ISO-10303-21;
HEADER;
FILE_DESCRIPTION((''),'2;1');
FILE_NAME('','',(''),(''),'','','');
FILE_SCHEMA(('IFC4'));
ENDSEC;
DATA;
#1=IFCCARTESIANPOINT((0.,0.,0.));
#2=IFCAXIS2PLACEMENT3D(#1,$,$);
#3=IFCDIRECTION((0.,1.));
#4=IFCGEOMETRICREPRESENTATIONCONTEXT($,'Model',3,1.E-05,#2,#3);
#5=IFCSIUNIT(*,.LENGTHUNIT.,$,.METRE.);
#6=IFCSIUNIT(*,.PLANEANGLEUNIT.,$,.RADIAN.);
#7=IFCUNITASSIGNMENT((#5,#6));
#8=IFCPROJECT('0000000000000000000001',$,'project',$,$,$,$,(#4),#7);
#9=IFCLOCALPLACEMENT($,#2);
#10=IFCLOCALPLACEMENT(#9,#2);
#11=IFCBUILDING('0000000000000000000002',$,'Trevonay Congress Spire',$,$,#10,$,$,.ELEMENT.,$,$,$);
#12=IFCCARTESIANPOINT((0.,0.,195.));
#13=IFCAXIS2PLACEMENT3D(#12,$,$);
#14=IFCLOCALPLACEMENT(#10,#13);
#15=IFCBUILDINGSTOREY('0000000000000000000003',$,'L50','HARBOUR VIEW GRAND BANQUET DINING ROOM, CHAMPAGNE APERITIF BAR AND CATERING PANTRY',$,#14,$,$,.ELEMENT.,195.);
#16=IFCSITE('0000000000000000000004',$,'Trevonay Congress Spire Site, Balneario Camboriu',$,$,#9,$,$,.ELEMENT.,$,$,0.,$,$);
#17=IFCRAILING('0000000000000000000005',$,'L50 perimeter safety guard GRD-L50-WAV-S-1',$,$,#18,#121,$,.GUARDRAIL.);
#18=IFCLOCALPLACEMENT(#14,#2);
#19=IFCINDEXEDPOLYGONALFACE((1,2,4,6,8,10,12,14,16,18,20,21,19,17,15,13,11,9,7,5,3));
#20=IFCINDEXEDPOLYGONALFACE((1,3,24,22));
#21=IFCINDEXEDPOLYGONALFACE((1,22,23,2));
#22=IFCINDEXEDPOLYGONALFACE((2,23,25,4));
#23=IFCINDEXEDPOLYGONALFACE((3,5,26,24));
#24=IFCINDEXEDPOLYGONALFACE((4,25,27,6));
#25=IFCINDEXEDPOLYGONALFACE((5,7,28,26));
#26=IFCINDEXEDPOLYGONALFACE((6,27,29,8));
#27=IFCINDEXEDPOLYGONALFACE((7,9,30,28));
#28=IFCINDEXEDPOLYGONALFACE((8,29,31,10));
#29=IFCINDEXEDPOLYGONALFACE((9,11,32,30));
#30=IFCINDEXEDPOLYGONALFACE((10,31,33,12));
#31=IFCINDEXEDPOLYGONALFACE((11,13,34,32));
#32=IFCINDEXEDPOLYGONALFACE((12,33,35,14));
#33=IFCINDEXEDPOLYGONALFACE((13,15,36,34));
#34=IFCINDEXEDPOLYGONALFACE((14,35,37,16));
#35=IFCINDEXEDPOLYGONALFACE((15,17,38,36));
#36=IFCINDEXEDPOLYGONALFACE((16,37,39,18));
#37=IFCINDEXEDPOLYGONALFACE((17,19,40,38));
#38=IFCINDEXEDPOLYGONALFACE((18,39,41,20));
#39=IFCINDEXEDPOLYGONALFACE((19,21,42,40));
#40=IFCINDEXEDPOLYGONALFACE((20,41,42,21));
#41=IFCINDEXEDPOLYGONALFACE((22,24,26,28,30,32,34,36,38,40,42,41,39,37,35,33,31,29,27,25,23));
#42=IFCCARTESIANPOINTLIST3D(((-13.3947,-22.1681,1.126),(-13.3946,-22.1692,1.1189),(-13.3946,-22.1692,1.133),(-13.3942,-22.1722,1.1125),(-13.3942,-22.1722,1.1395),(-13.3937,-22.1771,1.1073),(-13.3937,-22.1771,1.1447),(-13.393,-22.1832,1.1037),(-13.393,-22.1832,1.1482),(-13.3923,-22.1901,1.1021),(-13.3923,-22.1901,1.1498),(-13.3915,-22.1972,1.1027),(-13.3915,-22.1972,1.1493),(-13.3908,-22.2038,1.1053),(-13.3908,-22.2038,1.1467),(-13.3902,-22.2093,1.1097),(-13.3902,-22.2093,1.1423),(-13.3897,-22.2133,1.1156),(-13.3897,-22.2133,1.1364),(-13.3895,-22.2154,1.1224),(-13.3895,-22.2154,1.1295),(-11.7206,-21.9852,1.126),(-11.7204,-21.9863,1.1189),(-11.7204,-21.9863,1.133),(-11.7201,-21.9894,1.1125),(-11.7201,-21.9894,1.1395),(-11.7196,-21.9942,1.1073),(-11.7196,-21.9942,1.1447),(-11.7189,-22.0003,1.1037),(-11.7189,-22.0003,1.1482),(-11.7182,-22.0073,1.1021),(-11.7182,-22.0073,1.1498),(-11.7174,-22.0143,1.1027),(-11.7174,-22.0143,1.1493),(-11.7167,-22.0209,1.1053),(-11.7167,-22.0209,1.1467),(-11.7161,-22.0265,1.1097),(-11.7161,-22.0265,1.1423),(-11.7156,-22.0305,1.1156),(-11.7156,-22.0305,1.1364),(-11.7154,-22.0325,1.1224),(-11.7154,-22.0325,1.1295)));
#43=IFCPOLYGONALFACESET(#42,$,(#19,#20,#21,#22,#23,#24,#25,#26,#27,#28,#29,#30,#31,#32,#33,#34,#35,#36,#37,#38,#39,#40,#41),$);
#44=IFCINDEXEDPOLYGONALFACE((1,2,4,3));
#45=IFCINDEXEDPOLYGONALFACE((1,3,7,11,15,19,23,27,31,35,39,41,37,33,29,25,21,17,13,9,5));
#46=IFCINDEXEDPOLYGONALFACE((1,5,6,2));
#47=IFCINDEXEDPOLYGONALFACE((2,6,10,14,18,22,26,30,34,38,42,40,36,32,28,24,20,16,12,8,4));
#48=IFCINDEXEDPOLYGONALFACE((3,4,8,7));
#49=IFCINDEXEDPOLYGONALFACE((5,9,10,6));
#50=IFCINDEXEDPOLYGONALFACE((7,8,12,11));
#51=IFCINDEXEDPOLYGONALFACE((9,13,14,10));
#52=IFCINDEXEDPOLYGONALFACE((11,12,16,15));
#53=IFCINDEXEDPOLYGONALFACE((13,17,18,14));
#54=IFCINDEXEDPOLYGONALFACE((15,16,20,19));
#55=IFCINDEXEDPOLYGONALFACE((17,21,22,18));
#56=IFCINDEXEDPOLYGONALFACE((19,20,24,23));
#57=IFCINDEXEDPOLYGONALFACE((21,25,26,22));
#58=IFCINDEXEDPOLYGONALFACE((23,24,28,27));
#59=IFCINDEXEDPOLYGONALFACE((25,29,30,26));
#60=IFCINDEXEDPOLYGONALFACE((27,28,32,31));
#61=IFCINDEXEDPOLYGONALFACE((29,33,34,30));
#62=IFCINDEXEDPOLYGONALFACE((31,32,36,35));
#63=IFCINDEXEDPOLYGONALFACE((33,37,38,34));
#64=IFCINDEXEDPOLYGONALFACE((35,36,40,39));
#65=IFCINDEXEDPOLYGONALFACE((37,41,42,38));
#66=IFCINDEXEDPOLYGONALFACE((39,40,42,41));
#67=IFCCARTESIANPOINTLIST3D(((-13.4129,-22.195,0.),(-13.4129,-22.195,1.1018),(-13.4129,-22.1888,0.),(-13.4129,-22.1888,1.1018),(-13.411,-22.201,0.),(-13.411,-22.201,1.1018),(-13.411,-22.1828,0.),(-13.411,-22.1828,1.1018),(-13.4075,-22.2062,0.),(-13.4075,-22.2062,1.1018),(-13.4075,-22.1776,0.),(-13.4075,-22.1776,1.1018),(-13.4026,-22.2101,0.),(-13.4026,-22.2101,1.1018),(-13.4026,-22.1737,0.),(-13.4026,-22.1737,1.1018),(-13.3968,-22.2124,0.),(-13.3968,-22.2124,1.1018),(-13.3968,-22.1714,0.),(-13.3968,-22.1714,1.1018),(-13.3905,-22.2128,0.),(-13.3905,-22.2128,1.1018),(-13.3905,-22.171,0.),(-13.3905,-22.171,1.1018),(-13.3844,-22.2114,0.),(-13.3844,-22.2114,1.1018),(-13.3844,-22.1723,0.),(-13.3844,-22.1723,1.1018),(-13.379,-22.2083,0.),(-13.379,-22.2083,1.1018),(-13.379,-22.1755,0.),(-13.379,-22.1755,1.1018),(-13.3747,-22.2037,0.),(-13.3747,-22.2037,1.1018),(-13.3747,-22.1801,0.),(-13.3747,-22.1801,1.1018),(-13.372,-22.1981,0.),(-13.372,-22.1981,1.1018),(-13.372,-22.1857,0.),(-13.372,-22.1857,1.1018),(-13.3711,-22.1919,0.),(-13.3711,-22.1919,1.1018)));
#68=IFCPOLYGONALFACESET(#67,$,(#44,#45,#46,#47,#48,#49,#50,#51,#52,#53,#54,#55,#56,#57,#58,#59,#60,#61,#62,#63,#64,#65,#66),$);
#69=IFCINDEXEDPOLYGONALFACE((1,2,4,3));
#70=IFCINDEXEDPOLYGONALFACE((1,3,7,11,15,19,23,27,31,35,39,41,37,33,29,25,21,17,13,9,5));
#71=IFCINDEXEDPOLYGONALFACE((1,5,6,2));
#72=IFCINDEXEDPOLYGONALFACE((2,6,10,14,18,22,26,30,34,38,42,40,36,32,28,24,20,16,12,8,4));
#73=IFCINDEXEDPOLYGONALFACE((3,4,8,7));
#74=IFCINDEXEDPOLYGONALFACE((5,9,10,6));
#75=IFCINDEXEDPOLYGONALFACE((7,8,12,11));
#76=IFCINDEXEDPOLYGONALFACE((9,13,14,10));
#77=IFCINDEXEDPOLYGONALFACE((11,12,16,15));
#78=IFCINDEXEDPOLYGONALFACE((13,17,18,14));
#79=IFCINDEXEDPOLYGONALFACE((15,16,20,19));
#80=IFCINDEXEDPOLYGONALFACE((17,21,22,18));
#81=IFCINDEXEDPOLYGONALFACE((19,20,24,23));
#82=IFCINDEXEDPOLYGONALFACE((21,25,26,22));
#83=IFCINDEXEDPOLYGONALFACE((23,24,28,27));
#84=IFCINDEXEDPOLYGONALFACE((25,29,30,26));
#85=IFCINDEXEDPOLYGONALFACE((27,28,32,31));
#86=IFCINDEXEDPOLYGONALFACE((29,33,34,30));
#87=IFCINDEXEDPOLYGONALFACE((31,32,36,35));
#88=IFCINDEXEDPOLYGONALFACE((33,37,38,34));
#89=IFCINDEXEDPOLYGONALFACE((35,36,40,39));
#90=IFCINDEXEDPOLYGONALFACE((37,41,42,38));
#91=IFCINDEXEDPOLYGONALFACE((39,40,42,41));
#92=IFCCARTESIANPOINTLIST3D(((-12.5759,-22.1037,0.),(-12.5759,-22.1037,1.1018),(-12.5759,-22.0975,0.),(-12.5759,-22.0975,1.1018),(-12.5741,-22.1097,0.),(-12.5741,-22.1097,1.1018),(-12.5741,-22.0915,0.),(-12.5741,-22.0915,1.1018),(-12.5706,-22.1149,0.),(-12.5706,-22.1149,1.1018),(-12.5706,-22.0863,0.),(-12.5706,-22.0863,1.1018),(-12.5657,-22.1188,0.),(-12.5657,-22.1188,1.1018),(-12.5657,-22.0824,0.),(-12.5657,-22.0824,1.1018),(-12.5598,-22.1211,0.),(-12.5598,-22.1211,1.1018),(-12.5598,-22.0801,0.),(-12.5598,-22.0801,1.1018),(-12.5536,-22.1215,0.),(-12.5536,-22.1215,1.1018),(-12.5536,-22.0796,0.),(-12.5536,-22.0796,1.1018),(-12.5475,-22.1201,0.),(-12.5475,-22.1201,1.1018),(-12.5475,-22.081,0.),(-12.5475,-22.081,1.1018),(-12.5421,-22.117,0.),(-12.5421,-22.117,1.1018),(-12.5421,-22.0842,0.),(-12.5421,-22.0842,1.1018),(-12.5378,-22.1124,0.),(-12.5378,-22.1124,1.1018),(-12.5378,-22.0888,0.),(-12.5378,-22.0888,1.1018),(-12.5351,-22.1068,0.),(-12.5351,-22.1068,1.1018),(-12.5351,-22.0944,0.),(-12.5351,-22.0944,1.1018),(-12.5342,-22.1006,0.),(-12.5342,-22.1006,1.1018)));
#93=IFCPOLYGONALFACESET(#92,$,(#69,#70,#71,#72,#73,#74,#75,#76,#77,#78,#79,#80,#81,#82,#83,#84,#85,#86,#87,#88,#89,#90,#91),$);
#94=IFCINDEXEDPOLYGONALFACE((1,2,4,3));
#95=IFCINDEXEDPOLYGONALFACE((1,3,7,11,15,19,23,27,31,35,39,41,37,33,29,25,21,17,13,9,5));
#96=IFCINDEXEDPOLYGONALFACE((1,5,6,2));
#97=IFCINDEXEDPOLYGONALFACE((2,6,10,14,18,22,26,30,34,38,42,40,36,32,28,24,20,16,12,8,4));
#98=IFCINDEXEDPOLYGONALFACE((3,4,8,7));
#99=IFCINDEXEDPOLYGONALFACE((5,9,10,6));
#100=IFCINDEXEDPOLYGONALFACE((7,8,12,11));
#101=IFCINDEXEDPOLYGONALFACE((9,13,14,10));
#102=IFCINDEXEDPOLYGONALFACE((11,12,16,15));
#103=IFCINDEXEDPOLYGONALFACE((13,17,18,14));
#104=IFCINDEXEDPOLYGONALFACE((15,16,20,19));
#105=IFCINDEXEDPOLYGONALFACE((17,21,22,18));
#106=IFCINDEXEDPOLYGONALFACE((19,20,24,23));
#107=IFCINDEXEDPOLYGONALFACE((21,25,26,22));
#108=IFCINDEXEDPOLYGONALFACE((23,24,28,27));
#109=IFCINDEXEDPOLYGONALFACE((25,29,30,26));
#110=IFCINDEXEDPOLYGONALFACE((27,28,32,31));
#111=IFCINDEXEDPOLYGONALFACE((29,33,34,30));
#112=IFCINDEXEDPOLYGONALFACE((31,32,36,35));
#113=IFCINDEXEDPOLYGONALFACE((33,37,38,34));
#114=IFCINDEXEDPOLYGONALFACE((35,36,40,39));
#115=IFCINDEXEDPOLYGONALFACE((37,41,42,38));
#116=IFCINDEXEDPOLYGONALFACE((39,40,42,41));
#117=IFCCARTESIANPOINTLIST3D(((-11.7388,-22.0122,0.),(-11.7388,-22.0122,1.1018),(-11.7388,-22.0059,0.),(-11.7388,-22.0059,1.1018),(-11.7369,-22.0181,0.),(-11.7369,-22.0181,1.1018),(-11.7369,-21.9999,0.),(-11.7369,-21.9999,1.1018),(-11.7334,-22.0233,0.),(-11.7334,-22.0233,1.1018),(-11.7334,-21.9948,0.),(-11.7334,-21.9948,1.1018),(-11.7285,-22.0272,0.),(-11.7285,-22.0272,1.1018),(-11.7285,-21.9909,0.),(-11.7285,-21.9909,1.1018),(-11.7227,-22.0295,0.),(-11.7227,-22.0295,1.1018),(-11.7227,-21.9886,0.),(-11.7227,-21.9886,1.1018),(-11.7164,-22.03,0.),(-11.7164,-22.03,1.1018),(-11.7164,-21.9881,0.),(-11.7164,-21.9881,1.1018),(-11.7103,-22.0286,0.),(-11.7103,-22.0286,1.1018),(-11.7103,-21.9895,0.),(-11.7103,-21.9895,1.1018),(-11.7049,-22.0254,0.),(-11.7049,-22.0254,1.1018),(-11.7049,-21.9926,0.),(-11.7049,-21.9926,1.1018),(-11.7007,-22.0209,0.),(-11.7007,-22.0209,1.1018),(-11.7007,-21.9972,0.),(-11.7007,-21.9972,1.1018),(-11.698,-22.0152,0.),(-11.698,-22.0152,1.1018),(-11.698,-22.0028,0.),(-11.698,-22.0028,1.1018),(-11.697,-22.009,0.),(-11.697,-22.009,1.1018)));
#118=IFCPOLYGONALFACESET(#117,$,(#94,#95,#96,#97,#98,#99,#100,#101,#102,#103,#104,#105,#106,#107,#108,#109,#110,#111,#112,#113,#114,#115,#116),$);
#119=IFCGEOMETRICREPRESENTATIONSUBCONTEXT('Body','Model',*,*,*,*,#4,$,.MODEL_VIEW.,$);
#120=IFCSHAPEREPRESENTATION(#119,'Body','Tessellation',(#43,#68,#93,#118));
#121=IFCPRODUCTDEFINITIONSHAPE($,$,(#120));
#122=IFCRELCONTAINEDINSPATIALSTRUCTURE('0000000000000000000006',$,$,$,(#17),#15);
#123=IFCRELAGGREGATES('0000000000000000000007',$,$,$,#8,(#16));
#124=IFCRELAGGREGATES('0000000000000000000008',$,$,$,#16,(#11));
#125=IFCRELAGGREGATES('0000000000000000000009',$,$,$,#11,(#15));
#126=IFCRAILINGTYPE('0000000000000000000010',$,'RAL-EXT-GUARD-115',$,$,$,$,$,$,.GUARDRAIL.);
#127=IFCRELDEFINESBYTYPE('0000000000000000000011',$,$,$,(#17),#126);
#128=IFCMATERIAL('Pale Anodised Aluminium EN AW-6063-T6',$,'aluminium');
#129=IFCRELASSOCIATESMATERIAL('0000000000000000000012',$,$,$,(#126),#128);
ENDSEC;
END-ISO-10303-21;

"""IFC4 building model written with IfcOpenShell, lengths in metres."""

from ifc_helpers import new_model, si_unit, direction, frame, origin, origin_2d, place, context, subcontext, project, spatial, circle, extrude, material, type_object, element, save


model = new_model("IFC4")

# Units and contexts
model_context = context("Model", 3, precision=1e-05, world=origin(), true_north=direction((0.0, 1.0)))
body_context = subcontext(model_context, "Body", "Model", "MODEL_VIEW")
ifc_project = project(units=[si_unit("LENGTHUNIT", "METRE"), si_unit("PLANEANGLEUNIT", "RADIAN")], contexts=[model_context])

# Site, building, storey
site_placement = place(None, origin())
site = spatial("IfcSite", under=ifc_project, at=site_placement, Name="Trevonay Congress Spire Site, Balneario Camboriu", CompositionType="ELEMENT", RefElevation=0.0)
building_placement = place(site_placement, origin())
building = spatial("IfcBuilding", under=site, at=building_placement, Name="Trevonay Congress Spire", CompositionType="ELEMENT")
storey_placement = place(building_placement, frame((0.0, 0.0, 195.0)))
storey = spatial("IfcBuildingStorey", under=building, at=storey_placement, Name="L50", Description="HARBOUR VIEW GRAND BANQUET DINING ROOM, CHAMPAGNE APERITIF BAR AND CATERING PANTRY", CompositionType="ELEMENT", Elevation=195.0)

# Shared definitions
ifc_material_1 = material(Name="Pale Anodised Aluminium EN AW-6063-T6", Category="aluminium")

# Railing
railing_type = type_object("IfcRailingType", Name="RAL-EXT-GUARD-115", PredefinedType="GUARDRAIL", material=ifc_material_1)
railing_1_placement = place(storey_placement, frame((-13.3921, -22.1919, 0.0)))
element("IfcRailing", 1, at=railing_1_placement, inside=storey, type_object=railing_type, Name="L50 perimeter safety guard GRD-L50-WAV-S-1", PredefinedType="GUARDRAIL", context=body_context, shape_type="SweptSolid", body=[
    extrude(circle(Radius=0.0239, at=origin_2d()), frame((0.0, 0.0, 1.126), z_axis=(0.994087, 0.108586, 0.0), x_axis=(-0.108586, 0.994087, 0.0)), (0.0, 0.0, 1.0), 1.6841),
    extrude(circle(Radius=0.021, at=origin_2d()), origin(), (0.0, 0.0, 1.0), 1.1018),
    extrude(circle(Radius=0.021, at=origin_2d()), frame((0.8369, 0.0913, 0.0)), (0.0, 0.0, 1.0), 1.1018),
    extrude(circle(Radius=0.021, at=origin_2d()), frame((1.6741, 0.1829, 0.0)), (0.0, 0.0, 1.0), 1.1018),
])

save(model, "model.ifc")
